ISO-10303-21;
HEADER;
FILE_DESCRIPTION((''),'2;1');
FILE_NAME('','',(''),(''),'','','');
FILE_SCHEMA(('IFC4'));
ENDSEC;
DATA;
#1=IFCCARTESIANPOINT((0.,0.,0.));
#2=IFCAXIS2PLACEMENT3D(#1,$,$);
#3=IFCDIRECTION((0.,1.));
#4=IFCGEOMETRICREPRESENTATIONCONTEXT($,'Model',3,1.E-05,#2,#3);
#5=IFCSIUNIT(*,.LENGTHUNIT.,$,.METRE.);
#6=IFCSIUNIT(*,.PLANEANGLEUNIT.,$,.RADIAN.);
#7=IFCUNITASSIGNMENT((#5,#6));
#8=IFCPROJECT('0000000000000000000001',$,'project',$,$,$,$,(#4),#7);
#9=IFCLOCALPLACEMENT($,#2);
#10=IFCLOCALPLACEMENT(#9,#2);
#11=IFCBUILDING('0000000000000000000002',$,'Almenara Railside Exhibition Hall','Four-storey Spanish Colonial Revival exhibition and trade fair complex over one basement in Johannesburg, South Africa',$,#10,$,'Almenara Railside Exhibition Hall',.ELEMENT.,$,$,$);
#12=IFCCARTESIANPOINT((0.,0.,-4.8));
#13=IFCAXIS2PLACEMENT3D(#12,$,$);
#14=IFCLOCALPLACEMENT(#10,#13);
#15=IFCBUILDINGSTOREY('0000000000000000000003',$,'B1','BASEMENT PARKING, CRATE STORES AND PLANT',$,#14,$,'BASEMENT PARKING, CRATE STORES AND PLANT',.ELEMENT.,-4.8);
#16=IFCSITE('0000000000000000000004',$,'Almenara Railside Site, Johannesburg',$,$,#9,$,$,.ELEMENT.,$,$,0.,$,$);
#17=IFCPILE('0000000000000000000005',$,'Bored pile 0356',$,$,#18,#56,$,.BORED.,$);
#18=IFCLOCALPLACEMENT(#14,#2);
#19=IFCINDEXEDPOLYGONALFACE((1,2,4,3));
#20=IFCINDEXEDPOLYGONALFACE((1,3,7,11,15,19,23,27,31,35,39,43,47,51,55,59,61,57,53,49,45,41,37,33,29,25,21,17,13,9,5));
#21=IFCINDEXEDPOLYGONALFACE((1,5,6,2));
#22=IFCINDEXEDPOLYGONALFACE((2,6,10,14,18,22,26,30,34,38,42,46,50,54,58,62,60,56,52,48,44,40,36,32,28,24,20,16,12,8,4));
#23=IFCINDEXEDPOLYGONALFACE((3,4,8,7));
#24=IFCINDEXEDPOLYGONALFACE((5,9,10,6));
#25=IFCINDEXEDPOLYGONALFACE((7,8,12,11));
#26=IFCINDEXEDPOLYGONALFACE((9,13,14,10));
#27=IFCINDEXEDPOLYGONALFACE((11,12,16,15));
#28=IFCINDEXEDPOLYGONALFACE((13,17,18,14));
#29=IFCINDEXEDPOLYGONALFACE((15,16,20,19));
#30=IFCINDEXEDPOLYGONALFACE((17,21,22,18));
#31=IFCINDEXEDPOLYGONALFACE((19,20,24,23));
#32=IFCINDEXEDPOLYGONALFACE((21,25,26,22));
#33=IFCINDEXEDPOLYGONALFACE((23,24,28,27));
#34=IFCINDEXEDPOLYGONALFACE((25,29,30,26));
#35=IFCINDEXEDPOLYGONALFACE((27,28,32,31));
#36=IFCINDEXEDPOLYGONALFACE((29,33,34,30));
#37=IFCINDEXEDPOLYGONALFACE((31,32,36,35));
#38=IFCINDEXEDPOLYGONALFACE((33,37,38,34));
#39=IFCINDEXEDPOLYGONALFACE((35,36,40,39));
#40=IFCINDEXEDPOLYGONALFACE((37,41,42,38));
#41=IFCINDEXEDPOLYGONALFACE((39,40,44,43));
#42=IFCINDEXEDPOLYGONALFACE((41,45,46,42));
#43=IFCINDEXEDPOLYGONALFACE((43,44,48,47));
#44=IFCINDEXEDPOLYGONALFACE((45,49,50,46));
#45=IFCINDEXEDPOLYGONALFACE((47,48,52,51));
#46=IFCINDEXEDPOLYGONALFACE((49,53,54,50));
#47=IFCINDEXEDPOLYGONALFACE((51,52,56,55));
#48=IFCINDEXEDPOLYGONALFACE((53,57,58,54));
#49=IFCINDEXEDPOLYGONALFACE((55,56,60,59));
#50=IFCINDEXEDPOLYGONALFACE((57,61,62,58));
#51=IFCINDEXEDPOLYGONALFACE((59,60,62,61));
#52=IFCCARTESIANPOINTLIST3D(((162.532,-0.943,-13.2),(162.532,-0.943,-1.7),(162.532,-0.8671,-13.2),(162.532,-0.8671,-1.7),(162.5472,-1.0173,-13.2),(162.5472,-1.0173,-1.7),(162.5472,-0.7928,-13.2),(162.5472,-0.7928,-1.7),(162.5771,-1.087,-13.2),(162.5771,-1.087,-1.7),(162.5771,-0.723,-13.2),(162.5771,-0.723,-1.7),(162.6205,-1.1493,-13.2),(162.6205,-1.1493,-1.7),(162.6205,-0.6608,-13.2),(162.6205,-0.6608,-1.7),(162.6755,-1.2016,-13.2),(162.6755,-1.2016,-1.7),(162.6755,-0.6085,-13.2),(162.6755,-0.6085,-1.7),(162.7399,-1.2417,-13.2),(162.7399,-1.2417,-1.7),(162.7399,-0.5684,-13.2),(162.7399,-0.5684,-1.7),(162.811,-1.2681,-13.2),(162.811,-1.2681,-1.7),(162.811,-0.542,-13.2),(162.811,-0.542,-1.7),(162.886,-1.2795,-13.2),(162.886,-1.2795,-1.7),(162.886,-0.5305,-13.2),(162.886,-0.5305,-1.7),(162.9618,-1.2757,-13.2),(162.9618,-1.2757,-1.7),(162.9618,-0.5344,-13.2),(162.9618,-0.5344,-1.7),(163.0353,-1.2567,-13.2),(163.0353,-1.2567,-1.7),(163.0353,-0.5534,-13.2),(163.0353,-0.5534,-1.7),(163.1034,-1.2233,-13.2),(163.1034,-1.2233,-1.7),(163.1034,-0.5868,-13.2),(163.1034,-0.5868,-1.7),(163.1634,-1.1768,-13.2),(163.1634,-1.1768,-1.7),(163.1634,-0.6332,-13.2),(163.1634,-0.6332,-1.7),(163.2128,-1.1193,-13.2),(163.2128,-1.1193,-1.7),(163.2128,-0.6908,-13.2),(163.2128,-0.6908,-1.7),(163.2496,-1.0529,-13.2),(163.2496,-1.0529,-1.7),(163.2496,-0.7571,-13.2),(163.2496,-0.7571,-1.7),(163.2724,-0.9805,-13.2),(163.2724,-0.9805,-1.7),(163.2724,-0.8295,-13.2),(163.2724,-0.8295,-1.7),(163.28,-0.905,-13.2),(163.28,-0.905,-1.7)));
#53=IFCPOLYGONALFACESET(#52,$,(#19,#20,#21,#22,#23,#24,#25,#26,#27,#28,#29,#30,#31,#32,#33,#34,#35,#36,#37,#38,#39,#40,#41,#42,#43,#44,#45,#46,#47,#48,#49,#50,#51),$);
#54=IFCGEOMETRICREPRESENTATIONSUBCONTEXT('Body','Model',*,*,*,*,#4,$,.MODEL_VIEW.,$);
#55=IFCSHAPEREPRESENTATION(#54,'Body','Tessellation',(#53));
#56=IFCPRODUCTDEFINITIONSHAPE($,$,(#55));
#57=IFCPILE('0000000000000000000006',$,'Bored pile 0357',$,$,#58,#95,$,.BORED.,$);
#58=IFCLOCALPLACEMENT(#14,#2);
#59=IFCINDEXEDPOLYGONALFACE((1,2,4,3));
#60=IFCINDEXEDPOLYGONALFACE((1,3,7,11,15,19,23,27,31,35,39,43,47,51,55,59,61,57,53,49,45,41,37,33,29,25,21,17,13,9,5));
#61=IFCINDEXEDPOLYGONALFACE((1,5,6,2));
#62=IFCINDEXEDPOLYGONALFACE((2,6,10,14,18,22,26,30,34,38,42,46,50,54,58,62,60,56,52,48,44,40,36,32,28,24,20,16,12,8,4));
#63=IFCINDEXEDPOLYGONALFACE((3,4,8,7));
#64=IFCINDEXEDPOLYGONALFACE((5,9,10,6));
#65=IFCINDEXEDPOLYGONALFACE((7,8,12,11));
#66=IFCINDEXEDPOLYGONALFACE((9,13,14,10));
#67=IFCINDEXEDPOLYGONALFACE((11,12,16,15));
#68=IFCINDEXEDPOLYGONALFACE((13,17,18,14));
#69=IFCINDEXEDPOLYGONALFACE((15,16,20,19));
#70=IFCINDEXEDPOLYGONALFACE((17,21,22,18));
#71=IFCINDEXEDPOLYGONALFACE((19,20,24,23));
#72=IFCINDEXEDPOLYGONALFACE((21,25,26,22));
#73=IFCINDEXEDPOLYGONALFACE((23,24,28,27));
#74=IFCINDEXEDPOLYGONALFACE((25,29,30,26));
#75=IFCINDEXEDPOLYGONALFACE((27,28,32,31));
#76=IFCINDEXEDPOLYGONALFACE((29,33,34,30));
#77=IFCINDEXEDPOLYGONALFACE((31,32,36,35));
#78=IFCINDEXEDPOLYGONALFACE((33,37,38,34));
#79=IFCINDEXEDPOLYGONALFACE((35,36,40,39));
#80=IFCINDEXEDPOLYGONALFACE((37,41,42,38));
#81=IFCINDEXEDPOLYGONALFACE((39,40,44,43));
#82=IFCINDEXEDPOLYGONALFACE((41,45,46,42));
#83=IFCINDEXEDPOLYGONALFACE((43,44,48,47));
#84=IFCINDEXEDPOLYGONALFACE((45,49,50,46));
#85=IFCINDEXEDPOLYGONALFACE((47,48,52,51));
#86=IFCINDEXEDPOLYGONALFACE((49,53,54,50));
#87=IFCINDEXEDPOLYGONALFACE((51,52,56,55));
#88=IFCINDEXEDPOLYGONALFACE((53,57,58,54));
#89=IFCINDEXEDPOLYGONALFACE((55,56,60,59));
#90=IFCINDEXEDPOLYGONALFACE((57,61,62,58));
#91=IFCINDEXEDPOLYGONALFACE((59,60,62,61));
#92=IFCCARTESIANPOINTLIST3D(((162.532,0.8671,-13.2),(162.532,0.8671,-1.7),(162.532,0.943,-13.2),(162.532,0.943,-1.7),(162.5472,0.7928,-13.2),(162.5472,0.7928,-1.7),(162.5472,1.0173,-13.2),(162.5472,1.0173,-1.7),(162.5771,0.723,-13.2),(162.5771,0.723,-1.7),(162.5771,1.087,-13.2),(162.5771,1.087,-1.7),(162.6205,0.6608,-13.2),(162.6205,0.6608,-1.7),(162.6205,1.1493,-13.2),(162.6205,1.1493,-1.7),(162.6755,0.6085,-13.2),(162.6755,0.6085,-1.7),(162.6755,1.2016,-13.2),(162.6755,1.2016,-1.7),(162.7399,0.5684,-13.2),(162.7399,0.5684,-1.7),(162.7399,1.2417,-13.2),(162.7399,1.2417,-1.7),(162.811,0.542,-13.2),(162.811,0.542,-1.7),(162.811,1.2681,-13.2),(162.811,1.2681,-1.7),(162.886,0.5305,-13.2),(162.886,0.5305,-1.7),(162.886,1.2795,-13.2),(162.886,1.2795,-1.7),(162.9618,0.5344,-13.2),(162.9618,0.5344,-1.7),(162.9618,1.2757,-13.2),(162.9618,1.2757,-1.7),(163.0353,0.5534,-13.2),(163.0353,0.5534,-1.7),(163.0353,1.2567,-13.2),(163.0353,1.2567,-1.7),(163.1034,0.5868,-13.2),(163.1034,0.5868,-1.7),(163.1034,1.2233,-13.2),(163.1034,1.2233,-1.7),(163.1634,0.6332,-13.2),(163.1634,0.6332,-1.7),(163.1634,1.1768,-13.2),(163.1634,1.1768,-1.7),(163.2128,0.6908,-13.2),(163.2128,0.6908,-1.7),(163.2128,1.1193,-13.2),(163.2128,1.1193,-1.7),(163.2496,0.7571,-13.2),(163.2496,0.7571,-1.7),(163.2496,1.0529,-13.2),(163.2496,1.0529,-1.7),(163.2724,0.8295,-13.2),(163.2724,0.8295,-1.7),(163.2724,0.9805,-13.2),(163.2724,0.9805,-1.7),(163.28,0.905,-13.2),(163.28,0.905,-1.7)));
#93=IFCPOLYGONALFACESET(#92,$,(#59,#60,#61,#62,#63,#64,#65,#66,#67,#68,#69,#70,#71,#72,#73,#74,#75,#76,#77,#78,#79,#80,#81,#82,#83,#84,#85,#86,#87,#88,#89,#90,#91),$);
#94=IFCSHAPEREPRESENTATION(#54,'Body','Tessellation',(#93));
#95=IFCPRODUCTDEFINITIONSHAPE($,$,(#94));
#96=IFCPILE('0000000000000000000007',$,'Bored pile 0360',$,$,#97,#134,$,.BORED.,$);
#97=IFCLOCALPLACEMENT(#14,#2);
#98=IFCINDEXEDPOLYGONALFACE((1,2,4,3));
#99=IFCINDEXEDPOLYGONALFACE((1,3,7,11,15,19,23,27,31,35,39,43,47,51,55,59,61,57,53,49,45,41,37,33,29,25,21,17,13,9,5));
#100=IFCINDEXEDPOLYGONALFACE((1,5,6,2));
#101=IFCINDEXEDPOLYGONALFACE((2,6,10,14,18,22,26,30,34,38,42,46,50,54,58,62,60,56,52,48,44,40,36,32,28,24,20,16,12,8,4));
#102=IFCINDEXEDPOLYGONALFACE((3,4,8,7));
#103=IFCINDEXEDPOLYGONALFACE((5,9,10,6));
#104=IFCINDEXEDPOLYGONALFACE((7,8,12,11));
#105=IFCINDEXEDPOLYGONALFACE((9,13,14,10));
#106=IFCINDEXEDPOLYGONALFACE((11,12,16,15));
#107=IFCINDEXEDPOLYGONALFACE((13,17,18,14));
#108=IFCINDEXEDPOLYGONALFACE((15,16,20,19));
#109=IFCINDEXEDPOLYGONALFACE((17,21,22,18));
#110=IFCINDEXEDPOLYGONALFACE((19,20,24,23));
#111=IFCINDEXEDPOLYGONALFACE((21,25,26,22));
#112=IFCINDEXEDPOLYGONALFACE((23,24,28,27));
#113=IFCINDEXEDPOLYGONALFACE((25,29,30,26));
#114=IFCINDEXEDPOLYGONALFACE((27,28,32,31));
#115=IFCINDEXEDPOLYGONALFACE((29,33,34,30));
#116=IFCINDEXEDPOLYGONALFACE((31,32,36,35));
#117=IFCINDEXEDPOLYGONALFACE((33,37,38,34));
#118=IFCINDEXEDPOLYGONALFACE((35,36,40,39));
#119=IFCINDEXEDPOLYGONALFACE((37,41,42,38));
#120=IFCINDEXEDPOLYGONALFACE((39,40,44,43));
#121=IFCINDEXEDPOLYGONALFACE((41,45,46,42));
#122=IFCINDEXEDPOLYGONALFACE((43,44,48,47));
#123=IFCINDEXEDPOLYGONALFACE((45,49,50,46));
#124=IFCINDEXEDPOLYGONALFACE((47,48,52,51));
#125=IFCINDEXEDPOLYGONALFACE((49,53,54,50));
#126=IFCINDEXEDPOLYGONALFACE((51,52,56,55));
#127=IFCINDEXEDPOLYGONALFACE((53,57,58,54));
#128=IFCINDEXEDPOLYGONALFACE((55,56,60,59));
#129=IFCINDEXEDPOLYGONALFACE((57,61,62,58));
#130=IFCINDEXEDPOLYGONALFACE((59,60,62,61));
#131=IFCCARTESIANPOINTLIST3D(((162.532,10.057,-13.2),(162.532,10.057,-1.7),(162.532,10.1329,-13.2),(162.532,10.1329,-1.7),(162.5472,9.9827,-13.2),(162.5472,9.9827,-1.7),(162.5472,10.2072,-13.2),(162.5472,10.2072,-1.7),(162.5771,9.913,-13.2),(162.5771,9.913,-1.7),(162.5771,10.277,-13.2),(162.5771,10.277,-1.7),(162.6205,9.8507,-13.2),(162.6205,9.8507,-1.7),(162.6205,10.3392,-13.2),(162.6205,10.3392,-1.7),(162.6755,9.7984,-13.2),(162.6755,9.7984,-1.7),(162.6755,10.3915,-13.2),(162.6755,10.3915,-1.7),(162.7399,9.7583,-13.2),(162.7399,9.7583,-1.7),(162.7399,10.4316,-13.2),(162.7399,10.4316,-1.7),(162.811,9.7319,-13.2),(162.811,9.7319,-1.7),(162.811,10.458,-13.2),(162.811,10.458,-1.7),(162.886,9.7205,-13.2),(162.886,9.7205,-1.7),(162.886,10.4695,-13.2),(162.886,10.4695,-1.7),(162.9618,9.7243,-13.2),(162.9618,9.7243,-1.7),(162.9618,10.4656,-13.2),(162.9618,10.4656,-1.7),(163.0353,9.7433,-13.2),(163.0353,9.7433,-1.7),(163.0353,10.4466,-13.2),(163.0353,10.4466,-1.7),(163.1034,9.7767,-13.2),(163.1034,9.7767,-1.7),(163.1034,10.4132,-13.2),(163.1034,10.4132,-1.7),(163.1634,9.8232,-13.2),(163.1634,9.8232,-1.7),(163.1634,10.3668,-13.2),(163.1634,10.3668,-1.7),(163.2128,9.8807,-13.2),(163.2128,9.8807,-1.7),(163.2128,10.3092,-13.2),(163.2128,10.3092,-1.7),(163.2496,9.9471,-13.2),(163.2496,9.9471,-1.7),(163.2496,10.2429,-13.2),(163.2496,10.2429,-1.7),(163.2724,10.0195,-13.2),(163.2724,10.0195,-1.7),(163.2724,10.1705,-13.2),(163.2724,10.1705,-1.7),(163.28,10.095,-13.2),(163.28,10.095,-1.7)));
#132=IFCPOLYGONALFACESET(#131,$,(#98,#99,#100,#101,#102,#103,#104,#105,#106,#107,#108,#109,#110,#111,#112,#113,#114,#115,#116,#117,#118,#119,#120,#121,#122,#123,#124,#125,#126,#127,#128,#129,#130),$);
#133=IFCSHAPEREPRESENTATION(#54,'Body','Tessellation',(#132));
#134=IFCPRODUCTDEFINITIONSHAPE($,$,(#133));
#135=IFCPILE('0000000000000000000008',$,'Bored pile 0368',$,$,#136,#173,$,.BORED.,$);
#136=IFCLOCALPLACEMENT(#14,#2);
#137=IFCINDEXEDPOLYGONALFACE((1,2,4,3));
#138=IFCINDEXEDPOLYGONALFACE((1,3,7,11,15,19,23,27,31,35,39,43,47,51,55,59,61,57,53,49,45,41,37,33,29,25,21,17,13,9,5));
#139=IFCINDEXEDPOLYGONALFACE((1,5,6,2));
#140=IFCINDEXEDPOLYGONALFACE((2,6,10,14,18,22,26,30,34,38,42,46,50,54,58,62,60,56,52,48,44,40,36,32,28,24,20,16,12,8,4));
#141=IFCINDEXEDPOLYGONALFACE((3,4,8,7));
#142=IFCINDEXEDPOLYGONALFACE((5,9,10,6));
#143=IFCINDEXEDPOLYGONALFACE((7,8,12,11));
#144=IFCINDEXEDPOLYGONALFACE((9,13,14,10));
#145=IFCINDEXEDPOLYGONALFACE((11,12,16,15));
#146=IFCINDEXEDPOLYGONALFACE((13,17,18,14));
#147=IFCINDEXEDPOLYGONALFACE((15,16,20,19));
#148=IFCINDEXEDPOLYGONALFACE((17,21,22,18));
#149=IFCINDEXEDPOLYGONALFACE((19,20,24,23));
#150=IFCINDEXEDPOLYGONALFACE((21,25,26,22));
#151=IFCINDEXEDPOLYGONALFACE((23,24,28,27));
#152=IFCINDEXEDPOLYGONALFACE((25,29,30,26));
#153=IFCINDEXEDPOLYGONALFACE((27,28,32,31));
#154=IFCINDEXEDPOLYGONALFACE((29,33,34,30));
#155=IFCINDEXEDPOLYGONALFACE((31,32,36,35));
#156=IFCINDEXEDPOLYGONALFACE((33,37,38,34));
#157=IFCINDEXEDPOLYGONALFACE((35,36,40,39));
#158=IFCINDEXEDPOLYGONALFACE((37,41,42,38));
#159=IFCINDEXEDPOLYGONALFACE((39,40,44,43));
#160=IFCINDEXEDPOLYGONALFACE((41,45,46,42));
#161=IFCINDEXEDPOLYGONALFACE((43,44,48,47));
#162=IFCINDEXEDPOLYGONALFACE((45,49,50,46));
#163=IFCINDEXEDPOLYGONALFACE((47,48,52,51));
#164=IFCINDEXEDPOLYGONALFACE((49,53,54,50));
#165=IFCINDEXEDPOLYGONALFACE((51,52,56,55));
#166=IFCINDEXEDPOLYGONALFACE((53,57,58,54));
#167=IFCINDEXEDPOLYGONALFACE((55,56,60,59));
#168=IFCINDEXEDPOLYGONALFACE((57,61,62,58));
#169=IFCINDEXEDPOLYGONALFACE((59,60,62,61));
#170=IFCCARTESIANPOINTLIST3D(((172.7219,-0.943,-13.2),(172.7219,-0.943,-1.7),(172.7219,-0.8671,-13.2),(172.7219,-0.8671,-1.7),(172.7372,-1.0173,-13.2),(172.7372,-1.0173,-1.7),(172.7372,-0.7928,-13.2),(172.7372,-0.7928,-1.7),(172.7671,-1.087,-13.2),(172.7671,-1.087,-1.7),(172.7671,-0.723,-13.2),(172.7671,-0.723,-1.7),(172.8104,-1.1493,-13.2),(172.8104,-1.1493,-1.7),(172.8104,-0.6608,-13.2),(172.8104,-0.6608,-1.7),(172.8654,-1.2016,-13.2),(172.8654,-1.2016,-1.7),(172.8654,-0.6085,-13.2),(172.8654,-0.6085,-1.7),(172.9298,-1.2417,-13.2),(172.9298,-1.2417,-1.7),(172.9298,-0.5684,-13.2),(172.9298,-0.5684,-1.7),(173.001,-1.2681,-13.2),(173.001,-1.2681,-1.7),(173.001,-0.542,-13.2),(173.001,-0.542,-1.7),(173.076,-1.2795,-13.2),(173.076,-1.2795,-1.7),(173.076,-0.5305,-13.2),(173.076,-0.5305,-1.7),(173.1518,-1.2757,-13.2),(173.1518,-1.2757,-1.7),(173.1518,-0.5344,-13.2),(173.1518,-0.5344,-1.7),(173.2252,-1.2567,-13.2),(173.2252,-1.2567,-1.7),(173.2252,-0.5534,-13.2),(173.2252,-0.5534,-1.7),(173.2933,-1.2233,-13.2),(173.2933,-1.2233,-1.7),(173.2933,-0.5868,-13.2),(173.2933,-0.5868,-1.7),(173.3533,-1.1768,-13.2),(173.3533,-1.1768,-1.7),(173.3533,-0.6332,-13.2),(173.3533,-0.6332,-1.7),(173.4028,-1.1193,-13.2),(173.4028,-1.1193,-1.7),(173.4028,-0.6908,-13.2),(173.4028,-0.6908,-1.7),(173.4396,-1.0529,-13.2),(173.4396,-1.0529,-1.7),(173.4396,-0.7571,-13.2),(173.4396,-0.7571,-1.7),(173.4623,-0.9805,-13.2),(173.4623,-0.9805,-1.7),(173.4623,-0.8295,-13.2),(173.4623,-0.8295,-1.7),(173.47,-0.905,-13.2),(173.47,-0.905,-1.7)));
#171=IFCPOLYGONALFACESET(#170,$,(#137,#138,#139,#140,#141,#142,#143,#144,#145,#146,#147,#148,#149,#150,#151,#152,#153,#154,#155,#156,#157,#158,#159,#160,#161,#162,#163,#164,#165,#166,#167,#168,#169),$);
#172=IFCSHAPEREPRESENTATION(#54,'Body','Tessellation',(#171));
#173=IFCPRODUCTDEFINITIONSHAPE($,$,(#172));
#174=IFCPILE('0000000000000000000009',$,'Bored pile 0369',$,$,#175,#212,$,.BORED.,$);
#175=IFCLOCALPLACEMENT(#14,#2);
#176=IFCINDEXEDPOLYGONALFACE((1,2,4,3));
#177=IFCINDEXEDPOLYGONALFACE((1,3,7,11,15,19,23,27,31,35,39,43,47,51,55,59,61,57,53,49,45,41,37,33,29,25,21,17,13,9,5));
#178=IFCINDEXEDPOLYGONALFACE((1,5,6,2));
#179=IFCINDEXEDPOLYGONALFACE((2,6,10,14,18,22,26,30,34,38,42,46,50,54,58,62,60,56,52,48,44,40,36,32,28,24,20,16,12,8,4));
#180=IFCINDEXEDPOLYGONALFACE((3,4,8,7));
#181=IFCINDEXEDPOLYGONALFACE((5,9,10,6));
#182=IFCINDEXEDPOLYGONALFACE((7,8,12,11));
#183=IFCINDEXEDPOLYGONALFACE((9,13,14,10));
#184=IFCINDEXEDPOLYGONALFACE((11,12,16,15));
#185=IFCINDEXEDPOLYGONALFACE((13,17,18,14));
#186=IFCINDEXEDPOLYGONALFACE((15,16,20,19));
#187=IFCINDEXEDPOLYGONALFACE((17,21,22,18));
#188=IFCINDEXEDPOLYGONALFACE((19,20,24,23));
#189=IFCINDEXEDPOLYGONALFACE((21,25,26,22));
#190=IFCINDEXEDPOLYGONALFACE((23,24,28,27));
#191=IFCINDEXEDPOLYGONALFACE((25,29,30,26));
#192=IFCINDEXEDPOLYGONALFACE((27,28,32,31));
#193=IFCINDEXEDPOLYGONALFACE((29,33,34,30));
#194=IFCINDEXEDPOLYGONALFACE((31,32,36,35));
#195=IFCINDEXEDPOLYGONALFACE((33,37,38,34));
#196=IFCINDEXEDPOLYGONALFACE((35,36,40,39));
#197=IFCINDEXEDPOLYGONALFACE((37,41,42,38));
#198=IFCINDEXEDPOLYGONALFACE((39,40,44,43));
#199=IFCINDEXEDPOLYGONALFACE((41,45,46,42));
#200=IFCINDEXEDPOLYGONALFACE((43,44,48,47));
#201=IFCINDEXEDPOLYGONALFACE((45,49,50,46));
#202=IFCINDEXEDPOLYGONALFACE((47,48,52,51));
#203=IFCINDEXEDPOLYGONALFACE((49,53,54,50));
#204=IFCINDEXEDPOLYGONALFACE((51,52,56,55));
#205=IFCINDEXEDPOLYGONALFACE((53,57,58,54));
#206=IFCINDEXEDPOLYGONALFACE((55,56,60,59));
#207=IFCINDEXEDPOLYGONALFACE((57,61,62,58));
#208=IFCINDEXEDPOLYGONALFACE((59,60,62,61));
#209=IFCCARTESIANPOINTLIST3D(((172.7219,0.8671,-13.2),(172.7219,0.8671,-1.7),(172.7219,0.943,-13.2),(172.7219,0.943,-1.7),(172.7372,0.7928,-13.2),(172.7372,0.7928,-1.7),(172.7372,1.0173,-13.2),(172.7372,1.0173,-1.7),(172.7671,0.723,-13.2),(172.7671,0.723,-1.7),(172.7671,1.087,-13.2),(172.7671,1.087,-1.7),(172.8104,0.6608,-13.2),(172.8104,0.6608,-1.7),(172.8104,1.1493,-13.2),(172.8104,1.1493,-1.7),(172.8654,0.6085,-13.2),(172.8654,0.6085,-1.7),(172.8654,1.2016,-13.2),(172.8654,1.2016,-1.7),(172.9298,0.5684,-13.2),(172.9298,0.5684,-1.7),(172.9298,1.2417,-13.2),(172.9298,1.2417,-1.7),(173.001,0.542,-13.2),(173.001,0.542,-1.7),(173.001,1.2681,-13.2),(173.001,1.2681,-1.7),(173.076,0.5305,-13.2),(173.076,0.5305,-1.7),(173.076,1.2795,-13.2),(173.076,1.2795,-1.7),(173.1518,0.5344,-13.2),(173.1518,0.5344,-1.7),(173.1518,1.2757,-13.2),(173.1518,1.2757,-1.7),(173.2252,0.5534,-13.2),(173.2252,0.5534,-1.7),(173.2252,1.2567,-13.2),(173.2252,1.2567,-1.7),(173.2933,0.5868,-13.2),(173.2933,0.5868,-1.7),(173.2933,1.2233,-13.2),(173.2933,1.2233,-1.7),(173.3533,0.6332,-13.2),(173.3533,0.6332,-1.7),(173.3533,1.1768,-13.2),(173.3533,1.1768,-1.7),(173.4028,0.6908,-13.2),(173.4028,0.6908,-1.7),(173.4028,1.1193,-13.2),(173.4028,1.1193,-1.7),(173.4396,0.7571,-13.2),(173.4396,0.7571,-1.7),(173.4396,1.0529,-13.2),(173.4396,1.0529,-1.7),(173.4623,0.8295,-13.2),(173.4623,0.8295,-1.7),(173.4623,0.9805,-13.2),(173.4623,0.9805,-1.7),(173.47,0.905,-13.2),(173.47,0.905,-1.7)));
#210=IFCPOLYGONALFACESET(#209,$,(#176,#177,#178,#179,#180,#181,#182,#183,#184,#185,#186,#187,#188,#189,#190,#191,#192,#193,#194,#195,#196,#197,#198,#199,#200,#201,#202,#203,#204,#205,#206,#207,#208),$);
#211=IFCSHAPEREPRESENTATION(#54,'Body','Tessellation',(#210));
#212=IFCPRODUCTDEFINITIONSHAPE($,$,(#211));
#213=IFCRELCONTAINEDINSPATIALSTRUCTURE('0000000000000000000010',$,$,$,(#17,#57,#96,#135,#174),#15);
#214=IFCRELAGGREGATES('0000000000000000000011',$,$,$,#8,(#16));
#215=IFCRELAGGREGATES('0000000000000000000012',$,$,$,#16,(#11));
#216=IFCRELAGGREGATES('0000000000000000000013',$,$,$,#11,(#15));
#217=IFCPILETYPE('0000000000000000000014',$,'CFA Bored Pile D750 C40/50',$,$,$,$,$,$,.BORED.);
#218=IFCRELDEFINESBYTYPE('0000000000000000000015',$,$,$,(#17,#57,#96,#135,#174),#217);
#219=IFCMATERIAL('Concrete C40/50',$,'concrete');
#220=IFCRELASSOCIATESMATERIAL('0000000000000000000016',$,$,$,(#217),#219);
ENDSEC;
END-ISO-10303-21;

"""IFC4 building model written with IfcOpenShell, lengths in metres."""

from ifc_helpers import new_model, si_unit, direction, frame, origin, origin_2d, place, context, subcontext, project, spatial, circle, extrude, material, material_profile, profile_set, type_object, element, save


model = new_model("IFC4")

# Units and contexts
model_context = context("Model", 3, precision=1e-05, world=origin(), true_north=direction((0.0, 1.0)))
body_context = subcontext(model_context, "Body", "Model", "MODEL_VIEW")
ifc_project = project(units=[si_unit("LENGTHUNIT", "METRE"), si_unit("PLANEANGLEUNIT", "RADIAN")], contexts=[model_context])

# Site, building, storey
site_placement = place(None, origin())
site = spatial("IfcSite", under=ifc_project, at=site_placement, Name="Almenara Railside Site, Johannesburg", CompositionType="ELEMENT", RefElevation=0.0)
building_placement = place(site_placement, origin())
building = spatial("IfcBuilding", under=site, at=building_placement, Name="Almenara Railside Exhibition Hall", Description="Four-storey Spanish Colonial Revival exhibition and trade fair complex over one basement in Johannesburg, South Africa", LongName="Almenara Railside Exhibition Hall", CompositionType="ELEMENT")
storey_placement = place(building_placement, frame((0.0, 0.0, -4.8)))
storey = spatial("IfcBuildingStorey", under=building, at=storey_placement, Name="B1", Description="BASEMENT PARKING, CRATE STORES AND PLANT", LongName="BASEMENT PARKING, CRATE STORES AND PLANT", CompositionType="ELEMENT", Elevation=-4.8)

# Piles
ifc_material_1 = material(Name="Concrete C40/50", Category="concrete")
ifc_material_profile_1 = material_profile(ifc_material_1, circle(Radius=0.375, at=origin_2d()), Name="CFA-PILE D750")
ifc_profile_set_1 = profile_set([ifc_material_profile_1], Name="Concrete C40/50")
pile_type = type_object("IfcPileType", Name="CFA Bored Pile D750 C40/50", PredefinedType="BORED", material=ifc_profile_set_1)
for number, where, z_axis, x_axis, name in (
    (1, (162.905, -0.905, -1.7), (0.0, 0.0, -1.0), (1.0, 0.0, 0.0), "Bored pile 0356"),
    (2, (162.905, 0.905, -1.7), (0.0, 0.0, -1.0), (1.0, 0.0, 0.0), "Bored pile 0357"),
    (3, (162.905, 10.095, -1.7), (0.0, 0.0, -1.0), (1.0, 0.0, 0.0), "Bored pile 0360"),
    (4, (173.095, -0.905, -1.7), (0.0, 0.0, -1.0), (1.0, 0.0, 0.0), "Bored pile 0368"),
    (5, (173.095, 0.905, -1.7), (0.0, 0.0, -1.0), (1.0, 0.0, 0.0), "Bored pile 0369"),
):
    element("IfcPile", number, at=place(storey_placement, frame(where, z_axis=z_axis, x_axis=x_axis)), inside=storey, type_object=pile_type, Name=name, PredefinedType="BORED", context=body_context, shape_type="SweptSolid", body=[
        extrude(circle(Radius=0.375, at=origin_2d()), origin(), (0.0, 0.0, 1.0), 11.5),
    ])

save(model, "model.ifc")
